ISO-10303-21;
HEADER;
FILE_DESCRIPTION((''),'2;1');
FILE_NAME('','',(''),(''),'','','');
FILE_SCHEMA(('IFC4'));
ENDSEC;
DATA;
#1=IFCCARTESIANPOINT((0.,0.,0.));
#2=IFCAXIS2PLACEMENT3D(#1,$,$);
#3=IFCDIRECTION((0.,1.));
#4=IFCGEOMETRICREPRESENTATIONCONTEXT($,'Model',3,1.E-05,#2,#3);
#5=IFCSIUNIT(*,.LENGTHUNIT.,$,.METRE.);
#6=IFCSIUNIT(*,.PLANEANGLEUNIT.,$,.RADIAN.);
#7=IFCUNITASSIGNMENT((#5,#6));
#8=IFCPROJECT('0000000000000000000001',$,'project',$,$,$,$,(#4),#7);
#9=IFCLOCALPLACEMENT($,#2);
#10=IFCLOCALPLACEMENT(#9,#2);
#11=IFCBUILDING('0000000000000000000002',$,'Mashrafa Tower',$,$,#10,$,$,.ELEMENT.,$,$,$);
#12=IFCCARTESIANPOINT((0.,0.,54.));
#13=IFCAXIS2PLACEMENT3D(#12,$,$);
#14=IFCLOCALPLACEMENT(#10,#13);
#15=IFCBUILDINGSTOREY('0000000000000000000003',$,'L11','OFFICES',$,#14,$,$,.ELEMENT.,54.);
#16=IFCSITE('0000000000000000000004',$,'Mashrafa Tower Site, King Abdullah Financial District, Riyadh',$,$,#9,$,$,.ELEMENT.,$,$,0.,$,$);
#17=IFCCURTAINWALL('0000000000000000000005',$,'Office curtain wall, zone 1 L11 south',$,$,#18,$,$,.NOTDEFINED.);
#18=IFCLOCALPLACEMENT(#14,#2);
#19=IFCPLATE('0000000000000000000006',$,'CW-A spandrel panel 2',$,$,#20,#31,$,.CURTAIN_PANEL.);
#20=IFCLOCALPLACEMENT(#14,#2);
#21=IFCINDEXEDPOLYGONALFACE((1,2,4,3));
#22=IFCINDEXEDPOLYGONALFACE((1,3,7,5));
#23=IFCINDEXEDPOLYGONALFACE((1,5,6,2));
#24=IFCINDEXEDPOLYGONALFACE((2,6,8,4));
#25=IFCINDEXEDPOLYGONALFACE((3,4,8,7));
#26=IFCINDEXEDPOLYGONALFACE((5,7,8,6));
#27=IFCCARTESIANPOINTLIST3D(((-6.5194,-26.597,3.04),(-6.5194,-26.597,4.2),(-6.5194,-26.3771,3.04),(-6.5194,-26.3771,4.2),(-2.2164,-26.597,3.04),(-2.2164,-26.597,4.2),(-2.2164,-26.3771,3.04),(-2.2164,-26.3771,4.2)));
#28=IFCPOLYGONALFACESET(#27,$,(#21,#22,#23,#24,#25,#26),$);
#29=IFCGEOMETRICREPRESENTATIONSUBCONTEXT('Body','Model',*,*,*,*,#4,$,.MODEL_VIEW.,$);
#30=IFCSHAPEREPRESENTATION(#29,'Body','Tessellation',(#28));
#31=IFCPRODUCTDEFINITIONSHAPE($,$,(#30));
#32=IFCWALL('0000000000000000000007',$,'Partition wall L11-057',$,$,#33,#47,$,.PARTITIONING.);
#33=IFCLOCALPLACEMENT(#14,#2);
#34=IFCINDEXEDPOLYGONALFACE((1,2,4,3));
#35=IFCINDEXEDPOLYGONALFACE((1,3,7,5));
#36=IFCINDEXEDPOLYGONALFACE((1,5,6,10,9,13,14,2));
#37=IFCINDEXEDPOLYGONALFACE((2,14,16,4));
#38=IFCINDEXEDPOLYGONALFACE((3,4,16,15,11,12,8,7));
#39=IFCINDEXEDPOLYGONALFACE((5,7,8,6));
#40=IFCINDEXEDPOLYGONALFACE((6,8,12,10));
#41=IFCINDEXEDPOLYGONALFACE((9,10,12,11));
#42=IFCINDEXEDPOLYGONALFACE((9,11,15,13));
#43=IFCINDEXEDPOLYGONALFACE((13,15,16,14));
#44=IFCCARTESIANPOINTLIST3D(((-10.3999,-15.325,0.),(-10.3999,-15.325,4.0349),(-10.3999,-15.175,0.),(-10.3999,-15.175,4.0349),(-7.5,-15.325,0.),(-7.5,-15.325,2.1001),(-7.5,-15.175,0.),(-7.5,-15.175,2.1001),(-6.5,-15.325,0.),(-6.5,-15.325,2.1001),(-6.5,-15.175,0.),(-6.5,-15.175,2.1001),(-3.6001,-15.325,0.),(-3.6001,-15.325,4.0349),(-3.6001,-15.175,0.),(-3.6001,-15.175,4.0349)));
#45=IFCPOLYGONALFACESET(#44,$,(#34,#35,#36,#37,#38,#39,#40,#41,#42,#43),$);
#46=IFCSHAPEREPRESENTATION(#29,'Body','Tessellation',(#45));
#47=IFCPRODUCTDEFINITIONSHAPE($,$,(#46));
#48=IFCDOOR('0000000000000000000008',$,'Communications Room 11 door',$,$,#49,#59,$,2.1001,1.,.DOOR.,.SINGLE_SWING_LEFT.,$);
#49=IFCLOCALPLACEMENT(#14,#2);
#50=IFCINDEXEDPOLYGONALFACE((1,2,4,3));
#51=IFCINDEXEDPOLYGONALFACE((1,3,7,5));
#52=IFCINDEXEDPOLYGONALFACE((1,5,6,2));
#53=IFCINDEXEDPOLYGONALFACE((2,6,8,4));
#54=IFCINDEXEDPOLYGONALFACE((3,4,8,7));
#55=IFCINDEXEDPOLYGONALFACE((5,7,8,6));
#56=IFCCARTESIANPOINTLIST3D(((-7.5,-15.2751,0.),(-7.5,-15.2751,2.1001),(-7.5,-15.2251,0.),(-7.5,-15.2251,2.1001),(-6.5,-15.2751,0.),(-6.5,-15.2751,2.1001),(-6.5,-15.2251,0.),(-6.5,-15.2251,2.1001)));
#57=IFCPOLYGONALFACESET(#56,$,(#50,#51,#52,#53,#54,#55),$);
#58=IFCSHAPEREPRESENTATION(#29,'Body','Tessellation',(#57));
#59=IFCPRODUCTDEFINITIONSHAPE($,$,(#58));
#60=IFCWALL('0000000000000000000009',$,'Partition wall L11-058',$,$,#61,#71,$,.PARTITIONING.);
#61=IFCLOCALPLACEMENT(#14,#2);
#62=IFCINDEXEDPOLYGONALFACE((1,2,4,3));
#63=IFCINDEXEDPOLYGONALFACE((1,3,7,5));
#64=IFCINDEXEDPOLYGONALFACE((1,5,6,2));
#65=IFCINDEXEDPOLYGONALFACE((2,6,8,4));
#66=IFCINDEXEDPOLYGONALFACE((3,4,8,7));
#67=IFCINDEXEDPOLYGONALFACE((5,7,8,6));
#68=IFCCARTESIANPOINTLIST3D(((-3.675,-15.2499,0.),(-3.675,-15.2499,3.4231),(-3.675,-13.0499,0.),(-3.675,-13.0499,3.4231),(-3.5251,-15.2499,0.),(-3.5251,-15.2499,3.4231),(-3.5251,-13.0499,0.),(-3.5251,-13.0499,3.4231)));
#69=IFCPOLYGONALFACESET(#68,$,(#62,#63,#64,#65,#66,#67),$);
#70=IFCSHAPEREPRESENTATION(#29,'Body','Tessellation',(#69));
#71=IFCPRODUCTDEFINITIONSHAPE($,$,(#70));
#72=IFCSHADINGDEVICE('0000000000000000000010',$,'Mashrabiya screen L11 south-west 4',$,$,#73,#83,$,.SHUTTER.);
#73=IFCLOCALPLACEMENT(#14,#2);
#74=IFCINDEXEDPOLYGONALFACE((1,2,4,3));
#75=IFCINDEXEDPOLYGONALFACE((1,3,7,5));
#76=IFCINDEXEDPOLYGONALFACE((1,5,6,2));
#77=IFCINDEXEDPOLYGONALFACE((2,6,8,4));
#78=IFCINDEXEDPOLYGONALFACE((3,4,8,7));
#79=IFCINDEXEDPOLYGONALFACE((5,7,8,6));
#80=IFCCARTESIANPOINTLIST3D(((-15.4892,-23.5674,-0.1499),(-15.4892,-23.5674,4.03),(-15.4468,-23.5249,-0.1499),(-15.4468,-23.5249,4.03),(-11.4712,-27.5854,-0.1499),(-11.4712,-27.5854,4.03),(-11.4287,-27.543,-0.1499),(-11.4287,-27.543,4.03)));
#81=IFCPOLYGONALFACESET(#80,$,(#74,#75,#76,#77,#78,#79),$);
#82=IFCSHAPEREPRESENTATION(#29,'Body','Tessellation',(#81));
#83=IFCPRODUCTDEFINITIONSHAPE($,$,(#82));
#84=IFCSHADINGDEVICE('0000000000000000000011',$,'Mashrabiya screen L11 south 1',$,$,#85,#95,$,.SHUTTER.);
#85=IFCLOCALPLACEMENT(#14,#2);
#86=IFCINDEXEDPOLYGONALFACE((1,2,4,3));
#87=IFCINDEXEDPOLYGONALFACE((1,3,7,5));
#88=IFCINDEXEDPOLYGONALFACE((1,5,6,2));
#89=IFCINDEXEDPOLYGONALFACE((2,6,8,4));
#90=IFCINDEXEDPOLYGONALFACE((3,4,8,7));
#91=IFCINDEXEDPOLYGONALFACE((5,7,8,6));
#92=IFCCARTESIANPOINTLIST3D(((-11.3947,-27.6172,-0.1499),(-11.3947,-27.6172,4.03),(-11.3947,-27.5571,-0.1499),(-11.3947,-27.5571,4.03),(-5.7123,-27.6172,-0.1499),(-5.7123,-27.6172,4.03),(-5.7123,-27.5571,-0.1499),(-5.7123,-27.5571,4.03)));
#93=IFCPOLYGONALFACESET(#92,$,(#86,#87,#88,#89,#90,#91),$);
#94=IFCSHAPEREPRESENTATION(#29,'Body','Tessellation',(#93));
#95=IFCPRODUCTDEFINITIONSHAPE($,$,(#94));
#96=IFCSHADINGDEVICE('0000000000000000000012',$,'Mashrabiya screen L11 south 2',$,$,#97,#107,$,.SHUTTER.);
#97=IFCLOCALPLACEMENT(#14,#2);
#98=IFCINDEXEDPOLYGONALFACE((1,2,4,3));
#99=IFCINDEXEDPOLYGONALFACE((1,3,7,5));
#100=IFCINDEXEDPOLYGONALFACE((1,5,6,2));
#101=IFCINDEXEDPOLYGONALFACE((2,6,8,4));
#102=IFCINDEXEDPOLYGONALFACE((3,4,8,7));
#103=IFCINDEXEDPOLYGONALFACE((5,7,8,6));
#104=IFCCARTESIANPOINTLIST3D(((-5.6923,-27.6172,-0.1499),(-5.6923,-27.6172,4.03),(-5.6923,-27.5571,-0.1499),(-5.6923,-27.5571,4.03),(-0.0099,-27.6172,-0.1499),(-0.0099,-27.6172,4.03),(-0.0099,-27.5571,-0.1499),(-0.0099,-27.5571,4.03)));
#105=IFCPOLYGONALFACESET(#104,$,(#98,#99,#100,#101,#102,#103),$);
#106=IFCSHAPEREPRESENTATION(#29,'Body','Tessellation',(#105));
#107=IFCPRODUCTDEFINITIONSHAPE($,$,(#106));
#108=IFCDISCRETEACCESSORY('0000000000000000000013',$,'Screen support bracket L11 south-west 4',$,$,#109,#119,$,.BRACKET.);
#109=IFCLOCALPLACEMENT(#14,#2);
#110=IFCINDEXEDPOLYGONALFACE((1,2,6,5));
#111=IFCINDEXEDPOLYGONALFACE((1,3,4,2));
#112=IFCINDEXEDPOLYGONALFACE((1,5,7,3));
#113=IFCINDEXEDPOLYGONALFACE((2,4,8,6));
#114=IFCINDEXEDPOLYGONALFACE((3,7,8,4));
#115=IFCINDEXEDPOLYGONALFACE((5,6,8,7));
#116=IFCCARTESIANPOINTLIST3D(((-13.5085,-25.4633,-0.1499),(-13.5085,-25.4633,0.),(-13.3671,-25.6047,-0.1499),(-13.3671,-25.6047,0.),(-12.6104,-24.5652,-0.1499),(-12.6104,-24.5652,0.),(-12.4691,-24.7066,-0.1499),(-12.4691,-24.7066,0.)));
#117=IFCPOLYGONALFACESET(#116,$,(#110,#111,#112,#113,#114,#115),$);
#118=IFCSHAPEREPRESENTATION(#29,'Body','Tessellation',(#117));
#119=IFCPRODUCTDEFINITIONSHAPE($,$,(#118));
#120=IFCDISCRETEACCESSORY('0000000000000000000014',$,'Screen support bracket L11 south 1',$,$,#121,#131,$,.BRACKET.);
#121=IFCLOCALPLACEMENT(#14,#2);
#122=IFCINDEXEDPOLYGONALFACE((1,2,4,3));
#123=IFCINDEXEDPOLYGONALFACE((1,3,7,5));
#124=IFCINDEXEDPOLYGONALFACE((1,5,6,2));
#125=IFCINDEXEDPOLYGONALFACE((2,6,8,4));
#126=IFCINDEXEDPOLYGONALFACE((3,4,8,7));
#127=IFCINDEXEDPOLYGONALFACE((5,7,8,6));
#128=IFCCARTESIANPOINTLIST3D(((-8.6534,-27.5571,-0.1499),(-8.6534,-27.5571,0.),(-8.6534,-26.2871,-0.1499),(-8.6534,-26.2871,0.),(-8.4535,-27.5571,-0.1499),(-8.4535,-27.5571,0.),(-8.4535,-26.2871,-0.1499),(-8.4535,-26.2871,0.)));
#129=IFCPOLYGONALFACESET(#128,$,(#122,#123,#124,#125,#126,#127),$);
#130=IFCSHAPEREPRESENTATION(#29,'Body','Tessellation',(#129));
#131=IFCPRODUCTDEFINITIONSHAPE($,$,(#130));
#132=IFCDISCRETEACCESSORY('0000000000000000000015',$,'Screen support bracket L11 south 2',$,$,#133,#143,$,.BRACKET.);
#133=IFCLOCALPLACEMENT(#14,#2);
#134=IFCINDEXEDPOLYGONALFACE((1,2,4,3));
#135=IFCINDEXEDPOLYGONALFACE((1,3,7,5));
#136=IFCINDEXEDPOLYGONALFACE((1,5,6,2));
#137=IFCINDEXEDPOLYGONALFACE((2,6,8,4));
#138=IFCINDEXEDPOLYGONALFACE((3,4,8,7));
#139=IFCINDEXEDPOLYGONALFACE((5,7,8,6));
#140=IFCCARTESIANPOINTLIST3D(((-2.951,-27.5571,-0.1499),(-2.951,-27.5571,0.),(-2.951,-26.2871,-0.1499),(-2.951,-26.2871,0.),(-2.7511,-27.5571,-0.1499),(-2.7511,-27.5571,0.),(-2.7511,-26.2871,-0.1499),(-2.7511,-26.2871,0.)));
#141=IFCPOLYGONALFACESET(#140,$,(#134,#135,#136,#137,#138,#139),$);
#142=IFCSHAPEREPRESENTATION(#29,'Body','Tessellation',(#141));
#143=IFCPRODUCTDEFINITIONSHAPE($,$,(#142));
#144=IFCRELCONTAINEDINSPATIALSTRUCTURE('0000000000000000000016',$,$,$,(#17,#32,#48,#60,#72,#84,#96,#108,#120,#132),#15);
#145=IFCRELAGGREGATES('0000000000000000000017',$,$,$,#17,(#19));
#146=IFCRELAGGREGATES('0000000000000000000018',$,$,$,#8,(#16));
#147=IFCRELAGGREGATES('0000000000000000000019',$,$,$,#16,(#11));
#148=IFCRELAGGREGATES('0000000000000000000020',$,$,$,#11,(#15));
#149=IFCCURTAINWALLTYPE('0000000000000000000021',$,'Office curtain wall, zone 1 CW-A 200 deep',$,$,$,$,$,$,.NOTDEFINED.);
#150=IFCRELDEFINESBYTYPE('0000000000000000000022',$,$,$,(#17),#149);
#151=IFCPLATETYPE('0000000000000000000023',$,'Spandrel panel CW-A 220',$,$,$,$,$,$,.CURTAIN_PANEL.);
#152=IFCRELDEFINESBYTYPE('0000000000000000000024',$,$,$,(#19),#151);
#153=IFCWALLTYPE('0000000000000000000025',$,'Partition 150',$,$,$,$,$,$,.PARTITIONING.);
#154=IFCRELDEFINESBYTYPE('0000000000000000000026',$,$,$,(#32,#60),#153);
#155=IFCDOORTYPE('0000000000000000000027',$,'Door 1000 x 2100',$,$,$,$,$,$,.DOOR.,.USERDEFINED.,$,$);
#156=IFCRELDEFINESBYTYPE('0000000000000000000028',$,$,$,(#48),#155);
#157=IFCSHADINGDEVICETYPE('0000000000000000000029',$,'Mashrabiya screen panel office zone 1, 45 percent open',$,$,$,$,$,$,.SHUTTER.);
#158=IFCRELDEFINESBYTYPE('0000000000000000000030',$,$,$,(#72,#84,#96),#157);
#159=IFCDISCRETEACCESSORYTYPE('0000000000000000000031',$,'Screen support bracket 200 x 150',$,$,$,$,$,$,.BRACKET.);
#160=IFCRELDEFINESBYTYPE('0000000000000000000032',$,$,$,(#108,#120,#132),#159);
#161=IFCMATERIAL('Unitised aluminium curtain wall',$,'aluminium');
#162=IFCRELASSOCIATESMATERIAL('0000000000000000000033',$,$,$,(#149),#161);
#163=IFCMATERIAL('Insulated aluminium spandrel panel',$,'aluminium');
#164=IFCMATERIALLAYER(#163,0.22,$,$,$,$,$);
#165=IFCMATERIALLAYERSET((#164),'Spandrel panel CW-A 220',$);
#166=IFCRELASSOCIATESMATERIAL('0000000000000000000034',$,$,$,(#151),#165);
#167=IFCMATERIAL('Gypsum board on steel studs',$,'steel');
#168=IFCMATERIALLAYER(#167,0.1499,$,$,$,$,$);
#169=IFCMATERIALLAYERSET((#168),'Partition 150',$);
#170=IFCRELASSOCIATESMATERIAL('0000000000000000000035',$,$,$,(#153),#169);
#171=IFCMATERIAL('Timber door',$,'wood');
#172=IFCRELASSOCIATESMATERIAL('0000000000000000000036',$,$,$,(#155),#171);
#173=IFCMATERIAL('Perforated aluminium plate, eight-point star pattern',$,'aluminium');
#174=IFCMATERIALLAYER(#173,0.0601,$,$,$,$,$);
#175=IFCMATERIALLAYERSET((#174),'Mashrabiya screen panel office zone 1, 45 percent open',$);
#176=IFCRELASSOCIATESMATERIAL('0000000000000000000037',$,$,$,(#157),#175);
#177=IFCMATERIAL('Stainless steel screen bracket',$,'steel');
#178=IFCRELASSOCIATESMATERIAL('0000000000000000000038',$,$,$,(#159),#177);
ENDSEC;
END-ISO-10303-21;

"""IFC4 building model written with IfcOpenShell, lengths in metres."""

from ifc_helpers import new_model, si_unit, direction, frame, frame_2d, origin, origin_2d, place, context, subcontext, project, spatial, rectangle, extrude, source, transform, mapped, material, layer, layer_set, type_object, type_shapes, element, fill, aggregate, save


model = new_model("IFC4")

# Units and contexts
model_context = context("Model", 3, precision=1e-05, world=origin(), true_north=direction((0.0, 1.0)))
body_context = subcontext(model_context, "Body", "Model", "MODEL_VIEW")
ifc_project = project(units=[si_unit("LENGTHUNIT", "METRE"), si_unit("PLANEANGLEUNIT", "RADIAN")], contexts=[model_context])

# Site, building, storey
site_placement = place(None, origin())
site = spatial("IfcSite", under=ifc_project, at=site_placement, Name="Mashrafa Tower Site, King Abdullah Financial District, Riyadh", CompositionType="ELEMENT", RefElevation=0.0)
building_placement = place(site_placement, origin())
building = spatial("IfcBuilding", under=site, at=building_placement, Name="Mashrafa Tower", CompositionType="ELEMENT")
storey_placement = place(building_placement, frame((0.0, 0.0, 54.0)))
storey = spatial("IfcBuildingStorey", under=building, at=storey_placement, Name="L11", Description="OFFICES", CompositionType="ELEMENT", Elevation=54.0)

# Shared definitions
ifc_material_1 = material(Name="Unitised aluminium curtain wall", Category="aluminium")
curtain_wall_type = type_object("IfcCurtainWallType", Name="Office curtain wall, zone 1 CW-A 200 deep", PredefinedType="NOTDEFINED", material=ifc_material_1)

# Curtain wall
curtain_wall_1_placement = place(storey_placement, origin())
curtain_wall_1 = element("IfcCurtainWall", 1, at=curtain_wall_1_placement, inside=storey, type_object=curtain_wall_type, Name="Office curtain wall, zone 1 L11 south", PredefinedType="NOTDEFINED")

# Plate
ifc_material_2 = material(Name="Insulated aluminium spandrel panel", Category="aluminium")
ifc_layer_1 = layer(ifc_material_2, 0.22)
ifc_layer_set_1 = layer_set([ifc_layer_1], Name="Spandrel panel CW-A 220")
plate_type_1 = type_object("IfcPlateType", Name="Spandrel panel CW-A 220", PredefinedType="CURTAIN_PANEL", material=ifc_layer_set_1)
shared_shape_1 = source(origin(), body_context, "Body", "SweptSolid", [
    extrude(rectangle(XDim=4.303, YDim=0.22, at=origin_2d()), origin(), (0.0, 0.0, 1.0), 1.1599),
])
plate_1_placement = place(storey_placement, frame((-4.3679, -26.4871, 3.04), z_axis=(0.0, 0.0, 1.0), x_axis=(1.0, 0.0, 0.0)))
plate_1 = element("IfcPlate", 2, at=plate_1_placement, type_object=plate_type_1, Name="CW-A spandrel panel 2", PredefinedType="CURTAIN_PANEL", context=body_context, shape_type="MappedRepresentation", body=[
    mapped(shared_shape_1, transform((0.0, 0.0, 0.0))),
])
aggregate(curtain_wall_1, [plate_1])

# Wall, opening, door
ifc_material_3 = material(Name="Gypsum board on steel studs", Category="steel")
ifc_layer_2 = layer(ifc_material_3, 0.1499)
ifc_layer_set_2 = layer_set([ifc_layer_2], Name="Partition 150")
wall_type = type_object("IfcWallType", Name="Partition 150", PredefinedType="PARTITIONING", material=ifc_layer_set_2)
wall_1_placement = place(storey_placement, frame((-10.3999, -15.25, 0.0), z_axis=(0.0, 0.0, 1.0), x_axis=(1.0, 0.0, 0.0)))
wall_1 = element("IfcWall", 3, at=wall_1_placement, inside=storey, type_object=wall_type, Name="Partition wall L11-057", PredefinedType="PARTITIONING", context=body_context, shape_type="SweptSolid", body=[
    extrude(rectangle(XDim=6.7998, YDim=0.1499, at=frame_2d((3.3999, 0.0))), origin(), (0.0, 0.0, 1.0), 4.0349),
])
opening_placement = place(wall_1_placement, frame((2.8999, 0.0, 0.0)))
opening = element("IfcOpeningElement", 4, at=opening_placement, cuts=wall_1, PredefinedType="OPENING", context=body_context, shape_type="SweptSolid", body=[
    extrude(rectangle(XDim=1.0, YDim=2.1001, at=frame_2d((0.5, 1.05))), frame((0.0, 0.085, 0.0), z_axis=(0.0, -1.0, 0.0), x_axis=(1.0, 0.0, 0.0)), (0.0, 0.0, 1.0), 0.1699),
])
ifc_material_4 = material(Name="Timber door", Category="wood")
door_type = type_object("IfcDoorType", Name="Door 1000 x 2100", OperationType="USERDEFINED", PredefinedType="DOOR", material=ifc_material_4)
door_placement = place(opening_placement, origin())
door = element("IfcDoor", 5, at=door_placement, inside=storey, type_object=door_type, Name="Communications Room 11 door", OperationType="SINGLE_SWING_LEFT", OverallHeight=2.1001, OverallWidth=1.0, PredefinedType="DOOR", context=body_context, shape_type="SweptSolid", body=[
    extrude(rectangle(XDim=1.0, YDim=2.1001, at=frame_2d((0.5, 1.05))), frame((0.0, 0.0249, 0.0), z_axis=(0.0, -1.0, 0.0), x_axis=(1.0, 0.0, 0.0)), (0.0, 0.0, 1.0), 0.05),
])
fill(opening, door)

# Wall
wall_2_placement = place(storey_placement, frame((-3.6001, -15.25, 0.0), z_axis=(0.0, 0.0, 1.0), x_axis=(0.0, 1.0, 0.0)))
element("IfcWall", 6, at=wall_2_placement, inside=storey, type_object=wall_type, Name="Partition wall L11-058", PredefinedType="PARTITIONING", context=body_context, shape_type="SweptSolid", body=[
    extrude(rectangle(XDim=2.2, YDim=0.1499, at=frame_2d((1.1001, 0.0))), origin(), (0.0, 0.0, 1.0), 3.4231),
])

# Shading devices
ifc_material_5 = material(Name="Perforated aluminium plate, eight-point star pattern", Category="aluminium")
ifc_layer_3 = layer(ifc_material_5, 0.0601)
ifc_layer_set_3 = layer_set([ifc_layer_3], Name="Mashrabiya screen panel office zone 1, 45 percent open")
shading_device_type = type_object("IfcShadingDeviceType", Name="Mashrabiya screen panel office zone 1, 45 percent open", PredefinedType="SHUTTER", material=ifc_layer_set_3)
shared_shape_2 = source(origin(), body_context, "Body", "SweptSolid", [
    extrude(rectangle(XDim=5.6824, YDim=0.0601, at=origin_2d()), origin(), (0.0, 0.0, 1.0), 4.1799),
])
type_shapes(shading_device_type, [shared_shape_2])
for number, where, z_axis, x_axis, name in (
    (7, (-13.459, -25.5552, -0.1499), (0.0, 0.0, 1.0), (0.707107, -0.707107, 0.0), "Mashrabiya screen L11 south-west 4"),
    (8, (-8.5535, -27.5872, -0.1499), (0.0, 0.0, 1.0), (1.0, 0.0, 0.0), "Mashrabiya screen L11 south 1"),
    (9, (-2.8511, -27.5872, -0.1499), (0.0, 0.0, 1.0), (1.0, 0.0, 0.0), "Mashrabiya screen L11 south 2"),
):
    element("IfcShadingDevice", number, at=place(storey_placement, frame(where, z_axis=z_axis, x_axis=x_axis)), inside=storey, type_object=shading_device_type, Name=name, PredefinedType="SHUTTER", context=body_context, shape_type="MappedRepresentation", body=[
        mapped(shared_shape_2, transform((0.0, 0.0, 0.0))),
    ])

# Discrete accessories
ifc_material_6 = material(Name="Stainless steel screen bracket", Category="steel")
discrete_accessory_type = type_object("IfcDiscreteAccessoryType", Name="Screen support bracket 200 x 150", PredefinedType="BRACKET", material=ifc_material_6)
shared_shape_3 = source(origin(), body_context, "Body", "SweptSolid", [
    extrude(rectangle(XDim=0.2, YDim=1.27, at=origin_2d()), origin(), (0.0, 0.0, 1.0), 0.1499),
])
type_shapes(discrete_accessory_type, [shared_shape_3])
for number, where, z_axis, x_axis, name in (
    (10, (-12.9888, -25.085, -0.1499), (0.0, 0.0, 1.0), (0.707107, -0.707107, 0.0), "Screen support bracket L11 south-west 4"),
    (11, (-8.5535, -26.9221, -0.1499), (0.0, 0.0, 1.0), (1.0, 0.0, 0.0), "Screen support bracket L11 south 1"),
    (12, (-2.8511, -26.9221, -0.1499), (0.0, 0.0, 1.0), (1.0, 0.0, 0.0), "Screen support bracket L11 south 2"),
):
    element("IfcDiscreteAccessory", number, at=place(storey_placement, frame(where, z_axis=z_axis, x_axis=x_axis)), inside=storey, type_object=discrete_accessory_type, Name=name, PredefinedType="BRACKET", context=body_context, shape_type="MappedRepresentation", body=[
        mapped(shared_shape_3, transform((0.0, 0.0, 0.0))),
    ])

save(model, "model.ifc")
